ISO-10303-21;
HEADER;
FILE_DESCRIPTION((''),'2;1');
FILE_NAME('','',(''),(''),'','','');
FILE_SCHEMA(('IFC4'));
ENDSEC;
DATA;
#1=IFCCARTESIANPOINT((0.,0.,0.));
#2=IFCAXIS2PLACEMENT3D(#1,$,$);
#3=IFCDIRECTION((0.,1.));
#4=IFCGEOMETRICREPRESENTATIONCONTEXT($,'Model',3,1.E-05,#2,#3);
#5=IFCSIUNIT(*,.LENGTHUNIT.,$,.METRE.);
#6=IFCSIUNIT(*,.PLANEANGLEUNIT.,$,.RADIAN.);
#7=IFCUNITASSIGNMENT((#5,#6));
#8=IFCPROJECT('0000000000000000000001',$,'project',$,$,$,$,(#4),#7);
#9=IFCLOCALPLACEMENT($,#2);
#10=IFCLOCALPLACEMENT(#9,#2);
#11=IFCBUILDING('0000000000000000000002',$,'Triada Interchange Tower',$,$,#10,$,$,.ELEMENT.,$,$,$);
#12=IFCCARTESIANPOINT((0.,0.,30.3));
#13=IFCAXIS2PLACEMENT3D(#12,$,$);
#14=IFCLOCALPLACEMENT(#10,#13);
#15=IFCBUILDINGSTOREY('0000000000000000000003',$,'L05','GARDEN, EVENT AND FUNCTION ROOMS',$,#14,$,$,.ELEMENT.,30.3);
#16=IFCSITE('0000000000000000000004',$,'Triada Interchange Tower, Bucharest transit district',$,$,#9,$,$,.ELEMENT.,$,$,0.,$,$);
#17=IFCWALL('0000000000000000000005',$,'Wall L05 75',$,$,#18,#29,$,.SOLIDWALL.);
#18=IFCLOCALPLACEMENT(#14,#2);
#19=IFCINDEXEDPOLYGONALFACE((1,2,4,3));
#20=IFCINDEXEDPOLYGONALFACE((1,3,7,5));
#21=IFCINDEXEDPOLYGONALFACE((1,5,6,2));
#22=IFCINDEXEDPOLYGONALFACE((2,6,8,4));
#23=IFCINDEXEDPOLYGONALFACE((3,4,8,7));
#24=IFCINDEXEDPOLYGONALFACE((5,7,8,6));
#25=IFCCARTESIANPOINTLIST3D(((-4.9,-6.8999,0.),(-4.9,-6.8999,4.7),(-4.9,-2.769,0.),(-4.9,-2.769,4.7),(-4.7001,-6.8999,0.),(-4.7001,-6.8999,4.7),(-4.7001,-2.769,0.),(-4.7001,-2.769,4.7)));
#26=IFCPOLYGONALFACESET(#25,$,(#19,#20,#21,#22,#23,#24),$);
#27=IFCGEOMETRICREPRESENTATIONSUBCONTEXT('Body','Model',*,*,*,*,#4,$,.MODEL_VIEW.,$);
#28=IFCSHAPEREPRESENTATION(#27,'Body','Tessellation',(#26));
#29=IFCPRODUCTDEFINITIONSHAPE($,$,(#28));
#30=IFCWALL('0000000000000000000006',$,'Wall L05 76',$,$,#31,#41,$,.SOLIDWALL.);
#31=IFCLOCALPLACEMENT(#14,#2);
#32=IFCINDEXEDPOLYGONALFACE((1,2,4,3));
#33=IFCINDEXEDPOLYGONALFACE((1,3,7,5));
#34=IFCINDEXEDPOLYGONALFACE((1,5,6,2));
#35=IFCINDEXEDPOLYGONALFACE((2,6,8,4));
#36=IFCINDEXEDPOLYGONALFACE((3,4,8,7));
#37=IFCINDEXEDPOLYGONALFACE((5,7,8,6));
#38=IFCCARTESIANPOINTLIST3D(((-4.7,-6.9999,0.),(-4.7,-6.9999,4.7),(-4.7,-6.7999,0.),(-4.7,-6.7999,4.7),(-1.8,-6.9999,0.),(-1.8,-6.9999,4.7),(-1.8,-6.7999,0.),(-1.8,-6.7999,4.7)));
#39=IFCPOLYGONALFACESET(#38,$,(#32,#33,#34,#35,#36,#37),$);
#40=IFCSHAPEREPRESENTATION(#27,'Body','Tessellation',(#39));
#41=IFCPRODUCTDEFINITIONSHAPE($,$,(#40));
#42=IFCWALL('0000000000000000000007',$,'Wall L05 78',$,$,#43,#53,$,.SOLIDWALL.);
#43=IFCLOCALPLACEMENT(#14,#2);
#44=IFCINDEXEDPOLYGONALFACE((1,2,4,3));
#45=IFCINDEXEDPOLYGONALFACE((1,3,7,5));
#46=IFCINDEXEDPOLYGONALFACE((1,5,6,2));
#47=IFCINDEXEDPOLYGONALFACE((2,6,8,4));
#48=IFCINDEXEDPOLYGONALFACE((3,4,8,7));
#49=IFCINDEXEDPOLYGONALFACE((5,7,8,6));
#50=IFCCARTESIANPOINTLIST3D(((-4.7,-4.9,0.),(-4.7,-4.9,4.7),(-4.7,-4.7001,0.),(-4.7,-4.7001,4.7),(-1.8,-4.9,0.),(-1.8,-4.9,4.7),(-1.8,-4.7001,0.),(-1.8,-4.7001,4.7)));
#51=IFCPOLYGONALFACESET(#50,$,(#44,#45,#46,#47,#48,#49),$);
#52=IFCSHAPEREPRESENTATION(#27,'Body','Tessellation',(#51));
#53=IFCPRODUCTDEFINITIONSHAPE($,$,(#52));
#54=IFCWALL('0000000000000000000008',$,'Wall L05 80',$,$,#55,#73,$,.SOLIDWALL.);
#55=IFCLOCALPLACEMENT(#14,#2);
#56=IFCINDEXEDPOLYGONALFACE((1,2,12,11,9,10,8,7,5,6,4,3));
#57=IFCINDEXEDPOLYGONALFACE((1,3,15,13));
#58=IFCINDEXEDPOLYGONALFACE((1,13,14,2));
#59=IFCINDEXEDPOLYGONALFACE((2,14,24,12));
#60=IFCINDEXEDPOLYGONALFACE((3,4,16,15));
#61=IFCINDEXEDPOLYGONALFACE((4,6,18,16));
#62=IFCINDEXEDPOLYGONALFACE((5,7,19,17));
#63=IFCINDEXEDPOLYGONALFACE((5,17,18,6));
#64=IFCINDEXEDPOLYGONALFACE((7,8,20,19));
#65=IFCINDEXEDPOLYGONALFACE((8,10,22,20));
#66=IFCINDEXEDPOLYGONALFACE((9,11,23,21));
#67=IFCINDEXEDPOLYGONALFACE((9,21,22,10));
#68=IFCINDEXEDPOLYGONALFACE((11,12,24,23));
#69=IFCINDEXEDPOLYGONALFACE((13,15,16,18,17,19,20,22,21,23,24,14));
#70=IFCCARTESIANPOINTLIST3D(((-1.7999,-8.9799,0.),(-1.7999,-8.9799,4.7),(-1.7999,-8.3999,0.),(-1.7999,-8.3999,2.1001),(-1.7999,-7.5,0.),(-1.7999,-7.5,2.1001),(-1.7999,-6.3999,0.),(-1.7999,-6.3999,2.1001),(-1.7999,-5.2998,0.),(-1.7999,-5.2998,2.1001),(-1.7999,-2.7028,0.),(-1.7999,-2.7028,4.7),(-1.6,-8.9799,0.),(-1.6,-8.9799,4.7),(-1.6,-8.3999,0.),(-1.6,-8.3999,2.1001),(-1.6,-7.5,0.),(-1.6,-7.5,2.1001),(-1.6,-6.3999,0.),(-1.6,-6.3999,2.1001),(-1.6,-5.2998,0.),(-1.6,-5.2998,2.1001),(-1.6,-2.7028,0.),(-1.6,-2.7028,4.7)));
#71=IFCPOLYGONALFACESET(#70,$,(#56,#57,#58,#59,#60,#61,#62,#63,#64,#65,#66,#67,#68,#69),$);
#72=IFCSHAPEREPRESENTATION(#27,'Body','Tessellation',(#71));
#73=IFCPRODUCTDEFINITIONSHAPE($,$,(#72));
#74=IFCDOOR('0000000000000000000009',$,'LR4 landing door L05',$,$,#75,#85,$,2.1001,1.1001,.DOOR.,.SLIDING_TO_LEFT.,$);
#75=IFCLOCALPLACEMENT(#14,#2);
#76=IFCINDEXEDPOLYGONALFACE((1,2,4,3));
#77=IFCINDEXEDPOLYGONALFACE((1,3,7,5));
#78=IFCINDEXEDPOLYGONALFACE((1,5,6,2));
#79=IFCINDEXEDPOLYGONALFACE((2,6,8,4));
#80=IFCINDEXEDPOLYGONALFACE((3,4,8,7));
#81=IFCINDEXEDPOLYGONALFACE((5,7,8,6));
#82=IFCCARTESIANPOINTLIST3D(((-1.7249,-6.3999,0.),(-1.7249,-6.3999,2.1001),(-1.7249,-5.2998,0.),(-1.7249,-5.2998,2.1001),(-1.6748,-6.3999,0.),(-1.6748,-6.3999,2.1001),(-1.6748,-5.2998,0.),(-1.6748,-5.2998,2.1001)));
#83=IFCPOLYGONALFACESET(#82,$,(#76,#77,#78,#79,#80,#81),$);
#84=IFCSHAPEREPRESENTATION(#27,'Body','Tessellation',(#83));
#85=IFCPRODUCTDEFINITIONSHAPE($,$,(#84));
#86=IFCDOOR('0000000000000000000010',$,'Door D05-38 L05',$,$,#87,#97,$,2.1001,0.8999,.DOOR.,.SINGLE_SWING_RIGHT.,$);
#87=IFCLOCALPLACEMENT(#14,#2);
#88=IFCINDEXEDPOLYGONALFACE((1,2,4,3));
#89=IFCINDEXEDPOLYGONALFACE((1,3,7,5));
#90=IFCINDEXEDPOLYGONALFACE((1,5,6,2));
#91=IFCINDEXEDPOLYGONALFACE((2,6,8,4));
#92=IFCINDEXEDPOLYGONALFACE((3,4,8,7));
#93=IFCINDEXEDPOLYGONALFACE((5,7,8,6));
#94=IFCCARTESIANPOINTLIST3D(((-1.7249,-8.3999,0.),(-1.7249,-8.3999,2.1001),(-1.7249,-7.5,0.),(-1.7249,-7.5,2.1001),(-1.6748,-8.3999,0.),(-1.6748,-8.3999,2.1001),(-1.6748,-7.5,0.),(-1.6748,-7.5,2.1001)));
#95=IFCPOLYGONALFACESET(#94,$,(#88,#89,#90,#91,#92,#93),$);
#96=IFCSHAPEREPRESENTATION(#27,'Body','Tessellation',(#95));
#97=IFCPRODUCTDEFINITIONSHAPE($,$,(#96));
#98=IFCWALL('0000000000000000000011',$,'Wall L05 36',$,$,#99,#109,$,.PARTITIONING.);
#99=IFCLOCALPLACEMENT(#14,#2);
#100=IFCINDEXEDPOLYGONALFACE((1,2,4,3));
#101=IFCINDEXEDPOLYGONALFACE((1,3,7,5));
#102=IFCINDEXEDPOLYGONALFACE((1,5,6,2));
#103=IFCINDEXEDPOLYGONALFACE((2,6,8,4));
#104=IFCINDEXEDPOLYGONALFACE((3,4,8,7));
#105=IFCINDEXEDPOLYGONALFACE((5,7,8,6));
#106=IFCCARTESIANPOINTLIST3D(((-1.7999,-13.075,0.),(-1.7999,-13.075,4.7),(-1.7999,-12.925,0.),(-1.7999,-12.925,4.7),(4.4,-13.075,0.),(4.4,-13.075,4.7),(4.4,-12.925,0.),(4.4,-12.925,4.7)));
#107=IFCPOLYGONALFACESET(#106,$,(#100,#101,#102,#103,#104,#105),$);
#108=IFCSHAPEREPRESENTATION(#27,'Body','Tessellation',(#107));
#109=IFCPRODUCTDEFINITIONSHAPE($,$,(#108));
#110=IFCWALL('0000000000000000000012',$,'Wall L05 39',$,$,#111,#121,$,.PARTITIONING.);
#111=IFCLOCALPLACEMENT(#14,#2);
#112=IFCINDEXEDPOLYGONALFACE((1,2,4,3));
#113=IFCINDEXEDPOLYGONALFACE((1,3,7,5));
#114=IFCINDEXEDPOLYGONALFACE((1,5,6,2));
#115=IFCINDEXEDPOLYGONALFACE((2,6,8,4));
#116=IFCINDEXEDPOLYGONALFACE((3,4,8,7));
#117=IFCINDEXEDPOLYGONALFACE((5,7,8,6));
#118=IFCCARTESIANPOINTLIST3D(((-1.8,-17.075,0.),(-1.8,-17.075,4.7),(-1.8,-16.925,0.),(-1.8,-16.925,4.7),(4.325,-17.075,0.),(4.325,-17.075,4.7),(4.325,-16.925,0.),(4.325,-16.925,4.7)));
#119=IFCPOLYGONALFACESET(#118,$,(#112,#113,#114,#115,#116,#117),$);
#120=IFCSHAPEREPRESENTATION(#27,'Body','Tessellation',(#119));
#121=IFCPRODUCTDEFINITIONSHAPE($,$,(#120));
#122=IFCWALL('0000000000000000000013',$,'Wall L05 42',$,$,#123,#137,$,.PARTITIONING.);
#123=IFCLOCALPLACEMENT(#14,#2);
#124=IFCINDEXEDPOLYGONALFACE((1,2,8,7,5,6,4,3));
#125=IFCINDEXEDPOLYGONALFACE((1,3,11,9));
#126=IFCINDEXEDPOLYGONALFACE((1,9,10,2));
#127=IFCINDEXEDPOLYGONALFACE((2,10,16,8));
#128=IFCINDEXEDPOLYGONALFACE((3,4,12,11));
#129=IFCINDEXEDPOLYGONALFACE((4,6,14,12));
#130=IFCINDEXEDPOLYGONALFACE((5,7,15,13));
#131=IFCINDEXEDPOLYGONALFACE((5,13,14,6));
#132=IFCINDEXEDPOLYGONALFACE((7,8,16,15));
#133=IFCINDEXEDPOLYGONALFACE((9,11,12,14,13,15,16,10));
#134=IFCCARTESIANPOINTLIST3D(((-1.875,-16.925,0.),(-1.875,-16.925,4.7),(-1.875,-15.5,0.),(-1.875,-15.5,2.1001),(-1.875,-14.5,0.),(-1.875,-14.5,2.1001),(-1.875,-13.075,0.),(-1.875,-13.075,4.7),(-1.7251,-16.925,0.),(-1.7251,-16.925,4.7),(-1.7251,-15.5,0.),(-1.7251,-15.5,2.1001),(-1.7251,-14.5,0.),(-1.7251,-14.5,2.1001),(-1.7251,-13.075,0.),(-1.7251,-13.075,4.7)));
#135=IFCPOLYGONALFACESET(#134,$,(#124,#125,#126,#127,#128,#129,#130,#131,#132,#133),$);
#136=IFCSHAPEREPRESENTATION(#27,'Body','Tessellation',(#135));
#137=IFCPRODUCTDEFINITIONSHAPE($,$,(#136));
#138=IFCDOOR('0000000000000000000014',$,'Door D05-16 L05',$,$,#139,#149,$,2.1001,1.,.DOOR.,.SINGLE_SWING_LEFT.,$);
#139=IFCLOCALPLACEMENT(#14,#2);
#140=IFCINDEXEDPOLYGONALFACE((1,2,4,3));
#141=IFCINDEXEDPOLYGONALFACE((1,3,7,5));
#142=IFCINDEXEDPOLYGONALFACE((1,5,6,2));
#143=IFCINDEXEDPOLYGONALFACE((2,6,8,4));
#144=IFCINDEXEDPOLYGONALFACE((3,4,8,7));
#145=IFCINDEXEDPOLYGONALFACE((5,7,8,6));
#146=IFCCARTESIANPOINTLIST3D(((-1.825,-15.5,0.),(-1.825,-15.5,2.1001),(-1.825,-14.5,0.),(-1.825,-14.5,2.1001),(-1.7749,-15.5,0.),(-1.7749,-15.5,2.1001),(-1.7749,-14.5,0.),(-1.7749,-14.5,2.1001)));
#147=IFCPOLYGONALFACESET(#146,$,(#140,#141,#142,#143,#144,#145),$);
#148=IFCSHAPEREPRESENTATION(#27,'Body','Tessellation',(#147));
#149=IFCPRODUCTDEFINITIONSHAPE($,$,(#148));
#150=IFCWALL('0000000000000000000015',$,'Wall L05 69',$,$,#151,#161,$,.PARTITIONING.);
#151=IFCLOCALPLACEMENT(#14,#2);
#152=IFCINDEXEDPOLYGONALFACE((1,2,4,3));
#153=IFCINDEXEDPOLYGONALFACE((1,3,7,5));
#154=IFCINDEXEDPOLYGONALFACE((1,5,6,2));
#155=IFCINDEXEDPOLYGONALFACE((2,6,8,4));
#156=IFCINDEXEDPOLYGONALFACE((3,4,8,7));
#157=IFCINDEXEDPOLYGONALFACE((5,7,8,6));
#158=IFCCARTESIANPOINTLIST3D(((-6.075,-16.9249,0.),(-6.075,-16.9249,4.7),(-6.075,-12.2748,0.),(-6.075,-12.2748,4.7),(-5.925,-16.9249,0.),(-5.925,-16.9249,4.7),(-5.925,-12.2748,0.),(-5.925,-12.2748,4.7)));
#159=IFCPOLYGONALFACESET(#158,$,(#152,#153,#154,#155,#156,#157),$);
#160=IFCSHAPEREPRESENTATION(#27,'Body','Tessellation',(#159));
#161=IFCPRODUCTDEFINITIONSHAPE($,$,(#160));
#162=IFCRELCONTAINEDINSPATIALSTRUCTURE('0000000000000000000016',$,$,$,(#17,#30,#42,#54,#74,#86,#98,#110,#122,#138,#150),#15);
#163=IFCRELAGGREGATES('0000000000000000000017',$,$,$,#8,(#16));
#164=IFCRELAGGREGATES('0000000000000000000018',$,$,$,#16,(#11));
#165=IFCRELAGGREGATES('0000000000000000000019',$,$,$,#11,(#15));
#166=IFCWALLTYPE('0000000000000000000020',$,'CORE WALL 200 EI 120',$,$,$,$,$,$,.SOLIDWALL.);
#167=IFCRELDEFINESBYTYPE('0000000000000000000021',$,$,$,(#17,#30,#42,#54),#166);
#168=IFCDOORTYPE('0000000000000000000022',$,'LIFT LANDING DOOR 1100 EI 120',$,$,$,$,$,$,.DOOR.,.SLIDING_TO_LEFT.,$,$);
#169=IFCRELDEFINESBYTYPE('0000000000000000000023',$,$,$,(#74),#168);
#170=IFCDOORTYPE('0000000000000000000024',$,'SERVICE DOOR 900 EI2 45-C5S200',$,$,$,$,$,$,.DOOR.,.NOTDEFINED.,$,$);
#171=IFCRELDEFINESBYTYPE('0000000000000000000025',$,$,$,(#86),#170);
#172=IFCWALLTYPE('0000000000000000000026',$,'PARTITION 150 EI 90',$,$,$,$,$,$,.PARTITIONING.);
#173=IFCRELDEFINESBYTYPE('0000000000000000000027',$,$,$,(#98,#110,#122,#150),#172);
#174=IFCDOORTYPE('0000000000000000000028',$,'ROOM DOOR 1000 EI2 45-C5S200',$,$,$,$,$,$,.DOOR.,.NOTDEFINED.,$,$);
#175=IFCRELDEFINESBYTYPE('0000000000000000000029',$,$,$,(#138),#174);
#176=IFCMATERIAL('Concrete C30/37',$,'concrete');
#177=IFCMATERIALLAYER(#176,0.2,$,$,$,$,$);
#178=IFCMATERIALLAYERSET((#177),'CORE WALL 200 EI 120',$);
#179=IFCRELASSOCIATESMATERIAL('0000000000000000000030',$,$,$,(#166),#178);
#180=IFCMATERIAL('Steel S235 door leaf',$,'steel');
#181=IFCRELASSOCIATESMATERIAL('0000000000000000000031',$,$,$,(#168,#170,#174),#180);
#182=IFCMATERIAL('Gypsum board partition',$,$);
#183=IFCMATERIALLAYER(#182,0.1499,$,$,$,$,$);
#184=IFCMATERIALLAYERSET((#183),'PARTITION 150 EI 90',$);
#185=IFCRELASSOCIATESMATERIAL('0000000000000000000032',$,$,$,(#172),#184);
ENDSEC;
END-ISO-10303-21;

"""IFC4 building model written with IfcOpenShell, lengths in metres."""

from ifc_helpers import new_model, si_unit, direction, frame, frame_2d, origin, place, context, subcontext, project, spatial, rectangle, extrude, material, layer, layer_set, type_object, element, fill, save


model = new_model("IFC4")

# Units and contexts
model_context = context("Model", 3, precision=1e-05, world=origin(), true_north=direction((0.0, 1.0)))
body_context = subcontext(model_context, "Body", "Model", "MODEL_VIEW")
ifc_project = project(units=[si_unit("LENGTHUNIT", "METRE"), si_unit("PLANEANGLEUNIT", "RADIAN")], contexts=[model_context])

# Site, building, storey
site_placement = place(None, origin())
site = spatial("IfcSite", under=ifc_project, at=site_placement, Name="Triada Interchange Tower, Bucharest transit district", CompositionType="ELEMENT", RefElevation=0.0)
building_placement = place(site_placement, origin())
building = spatial("IfcBuilding", under=site, at=building_placement, Name="Triada Interchange Tower", CompositionType="ELEMENT")
storey_placement = place(building_placement, frame((0.0, 0.0, 30.3)))
storey = spatial("IfcBuildingStorey", under=building, at=storey_placement, Name="L05", Description="GARDEN, EVENT AND FUNCTION ROOMS", CompositionType="ELEMENT", Elevation=30.3)

# Walls
ifc_material_1 = material(Name="Concrete C30/37", Category="concrete")
ifc_layer_1 = layer(ifc_material_1, 0.2)
ifc_layer_set_1 = layer_set([ifc_layer_1], Name="CORE WALL 200 EI 120")
wall_type_1 = type_object("IfcWallType", Name="CORE WALL 200 EI 120", PredefinedType="SOLIDWALL", material=ifc_layer_set_1)
wall_1_placement = place(storey_placement, frame((-4.8, -6.8999, 0.0), z_axis=(0.0, 0.0, 1.0), x_axis=(0.0, 1.0, 0.0)))
element("IfcWall", 1, at=wall_1_placement, inside=storey, type_object=wall_type_1, Name="Wall L05 75", PredefinedType="SOLIDWALL", context=body_context, shape_type="SweptSolid", body=[
    extrude(rectangle(XDim=4.1309, YDim=0.2, at=frame_2d((2.0654, 0.0))), origin(), (0.0, 0.0, 1.0), 4.7),
])
for number, where, z_axis, x_axis, name in (
    (2, (-4.7, -6.8999, 0.0), (0.0, 0.0, 1.0), (1.0, 0.0, 0.0), "Wall L05 76"),
    (3, (-4.7, -4.8, 0.0), (0.0, 0.0, 1.0), (1.0, 0.0, 0.0), "Wall L05 78"),
):
    element("IfcWall", number, at=place(storey_placement, frame(where, z_axis=z_axis, x_axis=x_axis)), inside=storey, type_object=wall_type_1, Name=name, PredefinedType="SOLIDWALL", context=body_context, shape_type="SweptSolid", body=[
        extrude(rectangle(XDim=2.8999, YDim=0.2, at=frame_2d((1.45, 0.0))), origin(), (0.0, 0.0, 1.0), 4.7),
    ])

# Wall, openings, doors
wall_2_placement = place(storey_placement, frame((-1.7, -8.98, 0.0), z_axis=(0.0, 0.0, 1.0), x_axis=(0.0, 1.0, 0.0)))
wall_2 = element("IfcWall", 4, at=wall_2_placement, inside=storey, type_object=wall_type_1, Name="Wall L05 80", PredefinedType="SOLIDWALL", context=body_context, shape_type="SweptSolid", body=[
    extrude(rectangle(XDim=6.2771, YDim=0.2, at=frame_2d((3.1387, 0.0))), origin(), (0.0, 0.0, 1.0), 4.7),
])
opening_1_placement = place(wall_2_placement, frame((2.5801, 0.0, 0.0)))
opening_1 = element("IfcOpeningElement", 5, at=opening_1_placement, cuts=wall_2, PredefinedType="OPENING", context=body_context, shape_type="SweptSolid", body=[
    extrude(rectangle(XDim=1.1001, YDim=2.1001, at=frame_2d((0.55, 1.05))), frame((0.0, 0.1099, 0.0), z_axis=(0.0, -1.0, 0.0), x_axis=(1.0, 0.0, 0.0)), (0.0, 0.0, 1.0), 0.22),
])
opening_2_placement = place(wall_2_placement, frame((0.5801, 0.0, 0.0)))
opening_2 = element("IfcOpeningElement", 6, at=opening_2_placement, cuts=wall_2, PredefinedType="OPENING", context=body_context, shape_type="SweptSolid", body=[
    extrude(rectangle(XDim=0.8999, YDim=2.1001, at=frame_2d((0.45, 1.05))), frame((0.0, 0.1099, 0.0), z_axis=(0.0, -1.0, 0.0), x_axis=(1.0, 0.0, 0.0)), (0.0, 0.0, 1.0), 0.22),
])
ifc_material_2 = material(Name="Steel S235 door leaf", Category="steel")
door_type_1 = type_object("IfcDoorType", Name="LIFT LANDING DOOR 1100 EI 120", OperationType="SLIDING_TO_LEFT", PredefinedType="DOOR", material=ifc_material_2)
door_1_placement = place(opening_1_placement, origin())
door_1 = element("IfcDoor", 7, at=door_1_placement, inside=storey, type_object=door_type_1, Name="LR4 landing door L05", OperationType="SLIDING_TO_LEFT", OverallHeight=2.1001, OverallWidth=1.1001, PredefinedType="DOOR", context=body_context, shape_type="SweptSolid", body=[
    extrude(rectangle(XDim=1.1001, YDim=2.1001, at=frame_2d((0.55, 1.05))), frame((0.0, 0.0249, 0.0), z_axis=(0.0, -1.0, 0.0), x_axis=(1.0, 0.0, 0.0)), (0.0, 0.0, 1.0), 0.05),
])
fill(opening_1, door_1)
door_type_2 = type_object("IfcDoorType", Name="SERVICE DOOR 900 EI2 45-C5S200", OperationType="NOTDEFINED", PredefinedType="DOOR", material=ifc_material_2)
door_2_placement = place(opening_2_placement, origin())
door_2 = element("IfcDoor", 8, at=door_2_placement, inside=storey, type_object=door_type_2, Name="Door D05-38 L05", OperationType="SINGLE_SWING_RIGHT", OverallHeight=2.1001, OverallWidth=0.8999, PredefinedType="DOOR", context=body_context, shape_type="SweptSolid", body=[
    extrude(rectangle(XDim=0.8999, YDim=2.1001, at=frame_2d((0.45, 1.05))), frame((0.0, 0.0249, 0.0), z_axis=(0.0, -1.0, 0.0), x_axis=(1.0, 0.0, 0.0)), (0.0, 0.0, 1.0), 0.05),
])
fill(opening_2, door_2)

# Walls
ifc_material_3 = material(Name="Gypsum board partition")
ifc_layer_2 = layer(ifc_material_3, 0.1499)
ifc_layer_set_2 = layer_set([ifc_layer_2], Name="PARTITION 150 EI 90")
wall_type_2 = type_object("IfcWallType", Name="PARTITION 150 EI 90", PredefinedType="PARTITIONING", material=ifc_layer_set_2)
wall_3_placement = place(storey_placement, frame((-1.8, -13.0, 0.0), z_axis=(0.0, 0.0, 1.0), x_axis=(1.0, 0.0, 0.0)))
element("IfcWall", 9, at=wall_3_placement, inside=storey, type_object=wall_type_2, Name="Wall L05 36", PredefinedType="PARTITIONING", context=body_context, shape_type="SweptSolid", body=[
    extrude(rectangle(XDim=6.2, YDim=0.1499, at=frame_2d((3.1001, 0.0))), origin(), (0.0, 0.0, 1.0), 4.7),
])
wall_4_placement = place(storey_placement, frame((-1.8, -17.0, 0.0), z_axis=(0.0, 0.0, 1.0), x_axis=(1.0, 0.0, 0.0)))
element("IfcWall", 10, at=wall_4_placement, inside=storey, type_object=wall_type_2, Name="Wall L05 39", PredefinedType="PARTITIONING", context=body_context, shape_type="SweptSolid", body=[
    extrude(rectangle(XDim=6.125, YDim=0.1499, at=frame_2d((3.0625, 0.0))), origin(), (0.0, 0.0, 1.0), 4.7),
])

# Wall, opening, door
wall_5_placement = place(storey_placement, frame((-1.8, -16.925, 0.0), z_axis=(0.0, 0.0, 1.0), x_axis=(0.0, 1.0, 0.0)))
wall_5 = element("IfcWall", 11, at=wall_5_placement, inside=storey, type_object=wall_type_2, Name="Wall L05 42", PredefinedType="PARTITIONING", context=body_context, shape_type="SweptSolid", body=[
    extrude(rectangle(XDim=3.8501, YDim=0.1499, at=frame_2d((1.925, 0.0))), origin(), (0.0, 0.0, 1.0), 4.7),
])
opening_3_placement = place(wall_5_placement, frame((1.425, 0.0, 0.0)))
opening_3 = element("IfcOpeningElement", 12, at=opening_3_placement, cuts=wall_5, PredefinedType="OPENING", context=body_context, shape_type="SweptSolid", body=[
    extrude(rectangle(XDim=1.0, YDim=2.1001, at=frame_2d((0.5, 1.05))), frame((0.0, 0.085, 0.0), z_axis=(0.0, -1.0, 0.0), x_axis=(1.0, 0.0, 0.0)), (0.0, 0.0, 1.0), 0.1699),
])
door_type_3 = type_object("IfcDoorType", Name="ROOM DOOR 1000 EI2 45-C5S200", OperationType="NOTDEFINED", PredefinedType="DOOR", material=ifc_material_2)
door_3_placement = place(opening_3_placement, origin())
door_3 = element("IfcDoor", 13, at=door_3_placement, inside=storey, type_object=door_type_3, Name="Door D05-16 L05", OperationType="SINGLE_SWING_LEFT", OverallHeight=2.1001, OverallWidth=1.0, PredefinedType="DOOR", context=body_context, shape_type="SweptSolid", body=[
    extrude(rectangle(XDim=1.0, YDim=2.1001, at=frame_2d((0.5, 1.05))), frame((0.0, 0.0249, 0.0), z_axis=(0.0, -1.0, 0.0), x_axis=(1.0, 0.0, 0.0)), (0.0, 0.0, 1.0), 0.05),
])
fill(opening_3, door_3)

# Wall
wall_6_placement = place(storey_placement, frame((-6.0, -16.925, 0.0), z_axis=(0.0, 0.0, 1.0), x_axis=(0.0, 1.0, 0.0)))
element("IfcWall", 14, at=wall_6_placement, inside=storey, type_object=wall_type_2, Name="Wall L05 69", PredefinedType="PARTITIONING", context=body_context, shape_type="SweptSolid", body=[
    extrude(rectangle(XDim=4.6501, YDim=0.1499, at=frame_2d((2.3252, 0.0))), origin(), (0.0, 0.0, 1.0), 4.7),
])

save(model, "model.ifc")
